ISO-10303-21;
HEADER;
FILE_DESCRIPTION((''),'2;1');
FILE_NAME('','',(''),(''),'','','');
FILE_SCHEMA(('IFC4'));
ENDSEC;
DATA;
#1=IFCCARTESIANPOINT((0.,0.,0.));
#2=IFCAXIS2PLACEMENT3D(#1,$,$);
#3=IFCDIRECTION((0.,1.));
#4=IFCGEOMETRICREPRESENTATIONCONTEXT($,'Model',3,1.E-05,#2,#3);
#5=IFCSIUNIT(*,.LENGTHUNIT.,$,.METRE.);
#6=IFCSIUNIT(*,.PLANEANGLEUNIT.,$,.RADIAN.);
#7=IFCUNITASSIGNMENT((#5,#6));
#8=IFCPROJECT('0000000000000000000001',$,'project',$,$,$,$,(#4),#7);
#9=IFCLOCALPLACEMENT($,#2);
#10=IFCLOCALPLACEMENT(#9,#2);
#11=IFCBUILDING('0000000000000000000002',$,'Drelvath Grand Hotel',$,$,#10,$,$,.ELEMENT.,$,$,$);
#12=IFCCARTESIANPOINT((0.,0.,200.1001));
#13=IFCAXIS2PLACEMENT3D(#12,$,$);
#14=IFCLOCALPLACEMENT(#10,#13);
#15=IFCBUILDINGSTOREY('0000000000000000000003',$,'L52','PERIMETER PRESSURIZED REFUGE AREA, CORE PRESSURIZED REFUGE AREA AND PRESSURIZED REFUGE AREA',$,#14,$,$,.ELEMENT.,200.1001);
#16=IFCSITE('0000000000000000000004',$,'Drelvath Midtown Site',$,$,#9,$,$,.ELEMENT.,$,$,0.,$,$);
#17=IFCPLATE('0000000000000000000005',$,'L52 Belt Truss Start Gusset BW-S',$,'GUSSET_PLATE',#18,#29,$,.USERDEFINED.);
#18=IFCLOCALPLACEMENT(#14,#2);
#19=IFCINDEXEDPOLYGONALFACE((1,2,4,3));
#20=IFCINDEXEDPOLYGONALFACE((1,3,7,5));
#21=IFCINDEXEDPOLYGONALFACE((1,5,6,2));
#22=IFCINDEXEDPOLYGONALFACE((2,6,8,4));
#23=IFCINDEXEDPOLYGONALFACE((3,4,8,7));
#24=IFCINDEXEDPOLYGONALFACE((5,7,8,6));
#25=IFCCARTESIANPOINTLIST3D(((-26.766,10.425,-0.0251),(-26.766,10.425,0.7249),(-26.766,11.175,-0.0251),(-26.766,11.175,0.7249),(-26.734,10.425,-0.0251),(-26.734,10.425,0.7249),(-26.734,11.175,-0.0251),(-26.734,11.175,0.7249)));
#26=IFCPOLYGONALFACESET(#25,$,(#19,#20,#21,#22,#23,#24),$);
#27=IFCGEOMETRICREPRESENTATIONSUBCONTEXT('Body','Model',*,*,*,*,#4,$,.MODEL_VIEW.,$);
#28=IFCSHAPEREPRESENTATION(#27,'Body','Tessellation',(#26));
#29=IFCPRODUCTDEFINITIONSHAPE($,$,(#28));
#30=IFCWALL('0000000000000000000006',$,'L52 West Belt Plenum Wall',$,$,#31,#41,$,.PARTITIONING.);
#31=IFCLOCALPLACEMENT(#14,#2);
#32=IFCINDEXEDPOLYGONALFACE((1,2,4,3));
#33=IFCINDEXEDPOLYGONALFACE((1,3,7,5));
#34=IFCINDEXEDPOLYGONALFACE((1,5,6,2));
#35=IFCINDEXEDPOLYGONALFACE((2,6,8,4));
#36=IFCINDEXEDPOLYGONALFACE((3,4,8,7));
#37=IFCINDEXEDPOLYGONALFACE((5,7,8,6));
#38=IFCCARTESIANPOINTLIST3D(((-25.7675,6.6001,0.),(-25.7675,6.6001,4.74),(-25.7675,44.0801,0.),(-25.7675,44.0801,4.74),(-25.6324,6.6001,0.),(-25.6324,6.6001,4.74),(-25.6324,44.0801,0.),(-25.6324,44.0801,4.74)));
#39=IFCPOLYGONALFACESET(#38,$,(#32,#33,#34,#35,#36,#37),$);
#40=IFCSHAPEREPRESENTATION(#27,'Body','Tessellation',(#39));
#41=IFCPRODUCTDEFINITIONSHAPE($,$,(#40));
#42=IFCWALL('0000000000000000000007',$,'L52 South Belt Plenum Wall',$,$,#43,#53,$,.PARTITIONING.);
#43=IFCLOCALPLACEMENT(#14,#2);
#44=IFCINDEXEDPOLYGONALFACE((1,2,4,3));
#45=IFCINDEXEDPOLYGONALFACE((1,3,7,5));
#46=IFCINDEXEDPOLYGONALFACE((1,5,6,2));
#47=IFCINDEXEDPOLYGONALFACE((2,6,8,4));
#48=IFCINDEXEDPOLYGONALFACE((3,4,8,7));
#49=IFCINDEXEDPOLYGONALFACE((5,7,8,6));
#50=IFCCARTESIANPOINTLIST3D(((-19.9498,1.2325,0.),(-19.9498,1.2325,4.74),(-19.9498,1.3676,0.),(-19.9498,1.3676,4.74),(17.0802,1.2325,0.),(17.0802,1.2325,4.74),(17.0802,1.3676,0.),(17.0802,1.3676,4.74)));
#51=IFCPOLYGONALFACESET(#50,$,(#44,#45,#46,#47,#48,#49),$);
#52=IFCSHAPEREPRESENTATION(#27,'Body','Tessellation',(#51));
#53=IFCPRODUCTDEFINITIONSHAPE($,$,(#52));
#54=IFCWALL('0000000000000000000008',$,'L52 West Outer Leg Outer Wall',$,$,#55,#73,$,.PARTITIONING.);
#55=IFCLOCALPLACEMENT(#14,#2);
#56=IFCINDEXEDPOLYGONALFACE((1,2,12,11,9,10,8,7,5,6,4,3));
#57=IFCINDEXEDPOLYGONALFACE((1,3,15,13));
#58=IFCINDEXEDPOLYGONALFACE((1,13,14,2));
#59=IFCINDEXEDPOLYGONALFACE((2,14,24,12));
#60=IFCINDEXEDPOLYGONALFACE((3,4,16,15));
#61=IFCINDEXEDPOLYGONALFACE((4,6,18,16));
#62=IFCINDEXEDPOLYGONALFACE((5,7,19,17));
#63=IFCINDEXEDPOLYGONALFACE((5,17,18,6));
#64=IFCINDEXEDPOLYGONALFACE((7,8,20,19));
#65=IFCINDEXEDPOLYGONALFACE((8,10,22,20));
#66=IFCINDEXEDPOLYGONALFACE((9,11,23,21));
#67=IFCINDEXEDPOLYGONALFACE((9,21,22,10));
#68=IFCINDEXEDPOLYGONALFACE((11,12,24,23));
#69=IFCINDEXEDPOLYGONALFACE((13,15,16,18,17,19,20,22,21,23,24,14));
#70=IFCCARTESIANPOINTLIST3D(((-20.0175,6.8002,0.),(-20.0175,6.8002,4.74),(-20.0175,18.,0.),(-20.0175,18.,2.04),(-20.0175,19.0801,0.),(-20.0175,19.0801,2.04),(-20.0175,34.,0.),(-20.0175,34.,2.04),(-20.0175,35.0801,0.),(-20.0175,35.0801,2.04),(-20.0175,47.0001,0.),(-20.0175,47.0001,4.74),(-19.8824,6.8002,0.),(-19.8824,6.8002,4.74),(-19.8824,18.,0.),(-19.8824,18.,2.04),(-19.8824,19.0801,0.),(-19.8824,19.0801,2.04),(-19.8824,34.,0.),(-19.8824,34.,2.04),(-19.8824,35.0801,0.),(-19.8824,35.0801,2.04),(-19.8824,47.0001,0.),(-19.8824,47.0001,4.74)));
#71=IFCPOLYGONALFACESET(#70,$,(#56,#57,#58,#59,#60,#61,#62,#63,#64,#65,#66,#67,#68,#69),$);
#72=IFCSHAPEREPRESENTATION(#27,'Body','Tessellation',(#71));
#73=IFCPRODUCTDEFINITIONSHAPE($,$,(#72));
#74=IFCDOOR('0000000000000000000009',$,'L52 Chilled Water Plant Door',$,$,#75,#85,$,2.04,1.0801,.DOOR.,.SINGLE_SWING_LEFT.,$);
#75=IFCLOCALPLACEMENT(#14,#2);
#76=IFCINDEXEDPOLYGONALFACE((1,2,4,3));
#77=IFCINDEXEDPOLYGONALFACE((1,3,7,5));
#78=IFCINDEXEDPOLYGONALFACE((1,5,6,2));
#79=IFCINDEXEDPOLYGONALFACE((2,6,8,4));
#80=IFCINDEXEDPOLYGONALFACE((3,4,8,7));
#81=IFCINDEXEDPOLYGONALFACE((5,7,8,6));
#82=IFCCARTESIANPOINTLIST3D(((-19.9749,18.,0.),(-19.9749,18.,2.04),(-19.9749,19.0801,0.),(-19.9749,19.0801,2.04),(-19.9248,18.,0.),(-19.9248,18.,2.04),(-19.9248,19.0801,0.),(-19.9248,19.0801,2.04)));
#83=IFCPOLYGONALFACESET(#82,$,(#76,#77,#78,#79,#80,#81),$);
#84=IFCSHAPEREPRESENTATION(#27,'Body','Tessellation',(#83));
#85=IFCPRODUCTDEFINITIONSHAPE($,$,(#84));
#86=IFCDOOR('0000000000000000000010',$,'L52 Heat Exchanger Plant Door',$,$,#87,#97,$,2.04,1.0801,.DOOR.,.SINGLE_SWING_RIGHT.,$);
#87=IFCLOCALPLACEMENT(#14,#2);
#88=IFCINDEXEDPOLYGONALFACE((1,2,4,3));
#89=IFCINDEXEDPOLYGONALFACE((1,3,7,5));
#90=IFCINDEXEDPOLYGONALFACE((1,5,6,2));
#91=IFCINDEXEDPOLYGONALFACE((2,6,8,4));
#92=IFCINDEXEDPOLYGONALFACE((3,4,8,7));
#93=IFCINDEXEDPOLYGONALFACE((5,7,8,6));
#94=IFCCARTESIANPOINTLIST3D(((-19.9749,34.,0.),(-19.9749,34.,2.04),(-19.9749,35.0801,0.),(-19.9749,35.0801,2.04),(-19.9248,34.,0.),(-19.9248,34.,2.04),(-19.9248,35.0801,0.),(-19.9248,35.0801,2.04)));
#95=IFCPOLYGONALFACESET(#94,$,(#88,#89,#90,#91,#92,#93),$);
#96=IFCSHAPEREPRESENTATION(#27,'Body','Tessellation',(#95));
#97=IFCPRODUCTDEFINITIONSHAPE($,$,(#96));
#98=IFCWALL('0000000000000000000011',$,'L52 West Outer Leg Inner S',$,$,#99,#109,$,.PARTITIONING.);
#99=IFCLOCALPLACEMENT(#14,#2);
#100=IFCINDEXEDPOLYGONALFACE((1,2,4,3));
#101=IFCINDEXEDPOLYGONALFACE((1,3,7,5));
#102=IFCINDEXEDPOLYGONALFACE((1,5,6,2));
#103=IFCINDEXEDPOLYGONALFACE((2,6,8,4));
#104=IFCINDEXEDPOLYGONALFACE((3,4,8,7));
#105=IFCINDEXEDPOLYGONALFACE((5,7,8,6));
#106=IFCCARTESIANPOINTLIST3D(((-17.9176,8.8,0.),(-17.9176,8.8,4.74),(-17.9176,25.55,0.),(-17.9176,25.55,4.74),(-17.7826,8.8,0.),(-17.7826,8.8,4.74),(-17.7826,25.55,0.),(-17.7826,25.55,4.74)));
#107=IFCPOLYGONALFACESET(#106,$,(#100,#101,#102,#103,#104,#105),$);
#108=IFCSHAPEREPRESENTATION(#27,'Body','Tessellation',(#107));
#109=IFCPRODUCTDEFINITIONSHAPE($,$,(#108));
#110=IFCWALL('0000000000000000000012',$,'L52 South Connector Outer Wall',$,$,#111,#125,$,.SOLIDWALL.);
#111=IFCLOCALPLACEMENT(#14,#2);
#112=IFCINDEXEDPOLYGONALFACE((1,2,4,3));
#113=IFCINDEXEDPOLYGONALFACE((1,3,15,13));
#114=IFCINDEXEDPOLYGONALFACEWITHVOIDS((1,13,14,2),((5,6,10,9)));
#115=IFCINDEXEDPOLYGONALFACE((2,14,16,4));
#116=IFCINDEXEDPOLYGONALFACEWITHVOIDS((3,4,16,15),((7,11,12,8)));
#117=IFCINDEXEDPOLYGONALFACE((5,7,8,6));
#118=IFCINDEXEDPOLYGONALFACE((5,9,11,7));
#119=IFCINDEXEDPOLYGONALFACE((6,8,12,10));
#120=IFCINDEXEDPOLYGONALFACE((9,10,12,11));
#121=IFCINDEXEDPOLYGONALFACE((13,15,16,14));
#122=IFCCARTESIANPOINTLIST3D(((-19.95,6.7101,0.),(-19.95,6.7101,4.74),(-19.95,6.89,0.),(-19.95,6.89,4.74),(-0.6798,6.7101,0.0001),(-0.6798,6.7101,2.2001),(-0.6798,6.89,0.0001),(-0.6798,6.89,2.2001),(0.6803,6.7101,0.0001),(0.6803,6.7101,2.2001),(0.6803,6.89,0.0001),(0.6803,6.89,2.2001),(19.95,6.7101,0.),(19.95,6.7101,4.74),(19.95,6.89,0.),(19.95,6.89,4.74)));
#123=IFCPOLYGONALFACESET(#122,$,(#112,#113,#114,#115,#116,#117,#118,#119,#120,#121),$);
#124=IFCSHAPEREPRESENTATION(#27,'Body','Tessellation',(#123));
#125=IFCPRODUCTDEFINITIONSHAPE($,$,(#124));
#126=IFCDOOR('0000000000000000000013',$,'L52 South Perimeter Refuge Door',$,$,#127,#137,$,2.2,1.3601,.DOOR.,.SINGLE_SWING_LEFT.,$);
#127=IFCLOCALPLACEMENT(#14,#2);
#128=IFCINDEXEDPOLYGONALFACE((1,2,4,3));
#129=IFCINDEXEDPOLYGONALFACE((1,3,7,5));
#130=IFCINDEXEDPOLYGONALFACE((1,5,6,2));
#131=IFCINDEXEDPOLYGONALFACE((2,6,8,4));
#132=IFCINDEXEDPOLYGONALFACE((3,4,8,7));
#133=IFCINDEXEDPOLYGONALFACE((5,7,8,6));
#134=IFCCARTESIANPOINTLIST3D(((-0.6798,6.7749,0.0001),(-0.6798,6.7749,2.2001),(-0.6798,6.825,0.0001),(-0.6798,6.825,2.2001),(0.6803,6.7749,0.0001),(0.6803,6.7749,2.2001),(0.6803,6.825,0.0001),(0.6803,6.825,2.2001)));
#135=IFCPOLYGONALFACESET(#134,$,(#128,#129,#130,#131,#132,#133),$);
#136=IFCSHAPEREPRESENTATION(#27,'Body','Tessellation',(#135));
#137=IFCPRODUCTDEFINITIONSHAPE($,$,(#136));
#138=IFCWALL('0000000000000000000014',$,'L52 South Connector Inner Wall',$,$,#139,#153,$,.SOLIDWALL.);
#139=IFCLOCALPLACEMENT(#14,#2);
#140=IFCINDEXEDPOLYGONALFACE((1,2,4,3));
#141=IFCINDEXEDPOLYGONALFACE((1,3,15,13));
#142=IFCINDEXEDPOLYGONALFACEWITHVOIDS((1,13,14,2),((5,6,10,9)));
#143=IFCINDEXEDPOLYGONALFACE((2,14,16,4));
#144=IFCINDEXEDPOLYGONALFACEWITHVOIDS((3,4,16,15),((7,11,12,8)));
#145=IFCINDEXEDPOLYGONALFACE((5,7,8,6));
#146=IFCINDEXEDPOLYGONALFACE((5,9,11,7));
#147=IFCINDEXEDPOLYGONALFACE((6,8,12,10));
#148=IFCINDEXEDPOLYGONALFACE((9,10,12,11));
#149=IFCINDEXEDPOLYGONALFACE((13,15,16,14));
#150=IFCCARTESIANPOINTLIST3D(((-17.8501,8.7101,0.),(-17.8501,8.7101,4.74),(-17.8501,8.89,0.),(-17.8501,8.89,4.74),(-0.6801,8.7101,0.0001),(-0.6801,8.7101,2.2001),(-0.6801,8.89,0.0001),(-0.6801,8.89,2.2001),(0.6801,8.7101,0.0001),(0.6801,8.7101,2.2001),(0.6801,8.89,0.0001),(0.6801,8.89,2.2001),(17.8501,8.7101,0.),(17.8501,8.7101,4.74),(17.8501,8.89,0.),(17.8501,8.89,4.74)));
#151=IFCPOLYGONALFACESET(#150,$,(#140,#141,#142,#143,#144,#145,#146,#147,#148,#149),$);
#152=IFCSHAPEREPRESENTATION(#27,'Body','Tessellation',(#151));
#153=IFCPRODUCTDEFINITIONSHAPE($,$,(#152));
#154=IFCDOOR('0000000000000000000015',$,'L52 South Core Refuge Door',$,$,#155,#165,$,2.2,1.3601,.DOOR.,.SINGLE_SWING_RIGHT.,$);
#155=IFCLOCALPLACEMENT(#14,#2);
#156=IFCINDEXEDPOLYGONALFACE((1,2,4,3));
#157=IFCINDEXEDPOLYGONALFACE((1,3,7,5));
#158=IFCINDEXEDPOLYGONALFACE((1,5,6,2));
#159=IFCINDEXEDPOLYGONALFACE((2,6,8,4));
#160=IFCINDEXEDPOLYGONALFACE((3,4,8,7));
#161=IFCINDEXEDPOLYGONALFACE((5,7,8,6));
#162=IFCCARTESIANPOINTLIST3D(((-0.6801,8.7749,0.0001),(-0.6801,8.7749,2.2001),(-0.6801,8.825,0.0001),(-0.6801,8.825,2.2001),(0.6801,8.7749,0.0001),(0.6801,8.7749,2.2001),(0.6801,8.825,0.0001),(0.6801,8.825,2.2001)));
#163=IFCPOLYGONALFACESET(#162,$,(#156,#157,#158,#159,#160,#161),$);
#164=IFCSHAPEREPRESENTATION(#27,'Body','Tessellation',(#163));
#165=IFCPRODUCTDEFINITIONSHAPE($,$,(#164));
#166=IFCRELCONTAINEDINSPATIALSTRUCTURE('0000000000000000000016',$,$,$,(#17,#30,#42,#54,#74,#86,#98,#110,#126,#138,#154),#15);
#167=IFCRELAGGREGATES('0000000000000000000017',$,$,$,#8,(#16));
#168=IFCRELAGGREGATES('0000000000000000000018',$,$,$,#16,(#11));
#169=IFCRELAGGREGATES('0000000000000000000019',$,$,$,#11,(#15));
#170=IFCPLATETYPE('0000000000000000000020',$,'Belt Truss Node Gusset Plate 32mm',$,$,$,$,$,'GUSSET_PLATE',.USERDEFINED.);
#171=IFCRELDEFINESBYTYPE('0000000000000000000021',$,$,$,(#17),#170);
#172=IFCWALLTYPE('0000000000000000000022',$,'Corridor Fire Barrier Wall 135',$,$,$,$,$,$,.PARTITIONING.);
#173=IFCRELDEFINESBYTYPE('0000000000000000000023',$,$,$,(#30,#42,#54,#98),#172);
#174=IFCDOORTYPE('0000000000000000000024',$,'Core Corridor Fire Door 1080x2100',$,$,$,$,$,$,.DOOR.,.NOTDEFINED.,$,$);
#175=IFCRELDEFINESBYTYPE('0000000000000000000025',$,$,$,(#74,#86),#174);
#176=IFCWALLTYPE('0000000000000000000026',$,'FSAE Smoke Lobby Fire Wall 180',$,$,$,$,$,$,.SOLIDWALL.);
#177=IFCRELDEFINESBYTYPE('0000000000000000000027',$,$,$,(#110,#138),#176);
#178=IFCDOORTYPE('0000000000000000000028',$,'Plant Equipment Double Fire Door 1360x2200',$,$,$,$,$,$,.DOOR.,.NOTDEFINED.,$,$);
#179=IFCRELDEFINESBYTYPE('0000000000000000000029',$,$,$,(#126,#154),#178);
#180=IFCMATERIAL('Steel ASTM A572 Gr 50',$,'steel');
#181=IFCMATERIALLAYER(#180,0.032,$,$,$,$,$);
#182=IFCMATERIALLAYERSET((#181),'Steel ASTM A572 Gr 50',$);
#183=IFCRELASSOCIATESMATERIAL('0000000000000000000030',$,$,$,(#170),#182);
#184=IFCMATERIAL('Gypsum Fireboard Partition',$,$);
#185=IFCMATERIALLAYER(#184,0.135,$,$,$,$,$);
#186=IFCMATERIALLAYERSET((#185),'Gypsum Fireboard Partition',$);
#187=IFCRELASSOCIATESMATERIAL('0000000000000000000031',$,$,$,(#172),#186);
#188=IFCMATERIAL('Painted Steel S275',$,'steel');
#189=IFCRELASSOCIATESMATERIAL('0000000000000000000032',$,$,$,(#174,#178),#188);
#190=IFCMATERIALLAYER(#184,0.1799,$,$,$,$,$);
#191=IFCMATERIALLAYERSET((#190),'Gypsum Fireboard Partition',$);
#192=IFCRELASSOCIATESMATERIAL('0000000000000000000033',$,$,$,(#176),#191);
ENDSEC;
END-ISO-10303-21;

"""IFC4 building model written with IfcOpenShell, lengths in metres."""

from ifc_helpers import new_model, si_unit, direction, frame, frame_2d, origin, origin_2d, place, context, subcontext, project, spatial, rectangle, extrude, material, layer, layer_set, type_object, element, fill, save


model = new_model("IFC4")

# Units and contexts
model_context = context("Model", 3, precision=1e-05, world=origin(), true_north=direction((0.0, 1.0)))
body_context = subcontext(model_context, "Body", "Model", "MODEL_VIEW")
ifc_project = project(units=[si_unit("LENGTHUNIT", "METRE"), si_unit("PLANEANGLEUNIT", "RADIAN")], contexts=[model_context])

# Site, building, storey
site_placement = place(None, origin())
site = spatial("IfcSite", under=ifc_project, at=site_placement, Name="Drelvath Midtown Site", CompositionType="ELEMENT", RefElevation=0.0)
building_placement = place(site_placement, origin())
building = spatial("IfcBuilding", under=site, at=building_placement, Name="Drelvath Grand Hotel", CompositionType="ELEMENT")
storey_placement = place(building_placement, frame((0.0, 0.0, 200.1001)))
storey = spatial("IfcBuildingStorey", under=building, at=storey_placement, Name="L52", Description="PERIMETER PRESSURIZED REFUGE AREA, CORE PRESSURIZED REFUGE AREA AND PRESSURIZED REFUGE AREA", CompositionType="ELEMENT", Elevation=200.1001)

# Shared definitions
ifc_material_1 = material(Name="Steel ASTM A572 Gr 50", Category="steel")

# Plate
ifc_layer_1 = layer(ifc_material_1, 0.032)
ifc_layer_set_1 = layer_set([ifc_layer_1], Name="Steel ASTM A572 Gr 50")
plate_type = type_object("IfcPlateType", Name="Belt Truss Node Gusset Plate 32mm", ElementType="GUSSET_PLATE", PredefinedType="USERDEFINED", material=ifc_layer_set_1)
plate_placement = place(storey_placement, frame((-26.75, 10.8, -0.0251), z_axis=(0.0, 0.0, 1.0), x_axis=(0.0, 1.0, 0.0)))
element("IfcPlate", 1, at=plate_placement, inside=storey, type_object=plate_type, Name="L52 Belt Truss Start Gusset BW-S", ObjectType="GUSSET_PLATE", PredefinedType="USERDEFINED", context=body_context, shape_type="SweptSolid", body=[
    extrude(rectangle(XDim=0.75, YDim=0.032, at=origin_2d()), origin(), (0.0, 0.0, 1.0), 0.75),
])

# Walls
ifc_material_2 = material(Name="Gypsum Fireboard Partition")
ifc_layer_2 = layer(ifc_material_2, 0.135)
ifc_layer_set_2 = layer_set([ifc_layer_2], Name="Gypsum Fireboard Partition")
wall_type_1 = type_object("IfcWallType", Name="Corridor Fire Barrier Wall 135", PredefinedType="PARTITIONING", material=ifc_layer_set_2)
wall_1_placement = place(storey_placement, frame((-25.7, 6.6001, 0.0), z_axis=(0.0, 0.0, 1.0), x_axis=(0.0, 1.0, 0.0)))
element("IfcWall", 2, at=wall_1_placement, inside=storey, type_object=wall_type_1, Name="L52 West Belt Plenum Wall", PredefinedType="PARTITIONING", context=body_context, shape_type="SweptSolid", body=[
    extrude(rectangle(XDim=37.48, YDim=0.135, at=frame_2d((18.74, 0.0))), origin(), (0.0, 0.0, 1.0), 4.74),
])
wall_2_placement = place(storey_placement, frame((-19.95, 1.3, 0.0), z_axis=(0.0, 0.0, 1.0), x_axis=(1.0, 0.0, 0.0)))
element("IfcWall", 3, at=wall_2_placement, inside=storey, type_object=wall_type_1, Name="L52 South Belt Plenum Wall", PredefinedType="PARTITIONING", context=body_context, shape_type="SweptSolid", body=[
    extrude(rectangle(XDim=37.03, YDim=0.135, at=frame_2d((18.5151, 0.0))), origin(), (0.0, 0.0, 1.0), 4.74),
])

# Wall, openings, doors
wall_3_placement = place(storey_placement, frame((-19.95, 6.8, 0.0), z_axis=(0.0, 0.0, 1.0), x_axis=(0.0, 1.0, 0.0)))
wall_3 = element("IfcWall", 4, at=wall_3_placement, inside=storey, type_object=wall_type_1, Name="L52 West Outer Leg Outer Wall", PredefinedType="PARTITIONING", context=body_context, shape_type="SweptSolid", body=[
    extrude(rectangle(XDim=40.2, YDim=0.135, at=frame_2d((20.1001, 0.0))), origin(), (0.0, 0.0, 1.0), 4.74),
])
opening_1_placement = place(wall_3_placement, frame((11.2, 0.0, 0.0)))
opening_1 = element("IfcOpeningElement", 5, at=opening_1_placement, cuts=wall_3, PredefinedType="OPENING", context=body_context, shape_type="SweptSolid", body=[
    extrude(rectangle(XDim=1.0801, YDim=2.04, at=frame_2d((0.54, 1.02))), frame((0.0, 0.0774, 0.0), z_axis=(0.0, -1.0, 0.0), x_axis=(1.0, 0.0, 0.0)), (0.0, 0.0, 1.0), 0.155),
])
opening_2_placement = place(wall_3_placement, frame((27.2, 0.0, 0.0)))
opening_2 = element("IfcOpeningElement", 6, at=opening_2_placement, cuts=wall_3, PredefinedType="OPENING", context=body_context, shape_type="SweptSolid", body=[
    extrude(rectangle(XDim=1.0801, YDim=2.04, at=frame_2d((0.54, 1.02))), frame((0.0, 0.0774, 0.0), z_axis=(0.0, -1.0, 0.0), x_axis=(1.0, 0.0, 0.0)), (0.0, 0.0, 1.0), 0.155),
])
ifc_material_3 = material(Name="Painted Steel S275", Category="steel")
door_type_1 = type_object("IfcDoorType", Name="Core Corridor Fire Door 1080x2100", OperationType="NOTDEFINED", PredefinedType="DOOR", material=ifc_material_3)
door_1_placement = place(opening_1_placement, origin())
door_1 = element("IfcDoor", 7, at=door_1_placement, inside=storey, type_object=door_type_1, Name="L52 Chilled Water Plant Door", OperationType="SINGLE_SWING_LEFT", OverallHeight=2.04, OverallWidth=1.0801, PredefinedType="DOOR", context=body_context, shape_type="SweptSolid", body=[
    extrude(rectangle(XDim=1.0801, YDim=2.04, at=frame_2d((0.54, 1.02))), frame((0.0, 0.0249, 0.0), z_axis=(0.0, -1.0, 0.0), x_axis=(1.0, 0.0, 0.0)), (0.0, 0.0, 1.0), 0.05),
])
fill(opening_1, door_1)
door_2_placement = place(opening_2_placement, origin())
door_2 = element("IfcDoor", 8, at=door_2_placement, inside=storey, type_object=door_type_1, Name="L52 Heat Exchanger Plant Door", OperationType="SINGLE_SWING_RIGHT", OverallHeight=2.04, OverallWidth=1.0801, PredefinedType="DOOR", context=body_context, shape_type="SweptSolid", body=[
    extrude(rectangle(XDim=1.0801, YDim=2.04, at=frame_2d((0.54, 1.02))), frame((0.0, 0.0249, 0.0), z_axis=(0.0, -1.0, 0.0), x_axis=(1.0, 0.0, 0.0)), (0.0, 0.0, 1.0), 0.05),
])
fill(opening_2, door_2)

# Wall
wall_4_placement = place(storey_placement, frame((-17.8501, 8.8, 0.0), z_axis=(0.0, 0.0, 1.0), x_axis=(0.0, 1.0, 0.0)))
element("IfcWall", 9, at=wall_4_placement, inside=storey, type_object=wall_type_1, Name="L52 West Outer Leg Inner S", PredefinedType="PARTITIONING", context=body_context, shape_type="SweptSolid", body=[
    extrude(rectangle(XDim=16.75, YDim=0.135, at=frame_2d((8.375, 0.0))), origin(), (0.0, 0.0, 1.0), 4.74),
])

# Walls, openings, doors
ifc_layer_3 = layer(ifc_material_2, 0.1799)
ifc_layer_set_3 = layer_set([ifc_layer_3], Name="Gypsum Fireboard Partition")
wall_type_2 = type_object("IfcWallType", Name="FSAE Smoke Lobby Fire Wall 180", PredefinedType="SOLIDWALL", material=ifc_layer_set_3)
wall_5_placement = place(storey_placement, frame((-19.95, 6.8, 0.0), z_axis=(0.0, 0.0, 1.0), x_axis=(1.0, 0.0, 0.0)))
wall_5 = element("IfcWall", 10, at=wall_5_placement, inside=storey, type_object=wall_type_2, Name="L52 South Connector Outer Wall", PredefinedType="SOLIDWALL", context=body_context, shape_type="SweptSolid", body=[
    extrude(rectangle(XDim=39.8999, YDim=0.1799, at=frame_2d((19.95, 0.0))), origin(), (0.0, 0.0, 1.0), 4.74),
])
opening_3_placement = place(wall_5_placement, frame((19.27, 0.0, 0.0)))
opening_3 = element("IfcOpeningElement", 11, at=opening_3_placement, cuts=wall_5, PredefinedType="OPENING", context=body_context, shape_type="SweptSolid", body=[
    extrude(rectangle(XDim=1.3601, YDim=2.2, at=frame_2d((0.6802, 1.1001))), frame((0.0, 0.0999, 0.0), z_axis=(0.0, -1.0, 0.0), x_axis=(1.0, 0.0, 0.0)), (0.0, 0.0, 1.0), 0.2),
])
door_type_2 = type_object("IfcDoorType", Name="Plant Equipment Double Fire Door 1360x2200", OperationType="NOTDEFINED", PredefinedType="DOOR", material=ifc_material_3)
door_3_placement = place(opening_3_placement, origin())
door_3 = element("IfcDoor", 12, at=door_3_placement, inside=storey, type_object=door_type_2, Name="L52 South Perimeter Refuge Door", OperationType="SINGLE_SWING_LEFT", OverallHeight=2.2, OverallWidth=1.3601, PredefinedType="DOOR", context=body_context, shape_type="SweptSolid", body=[
    extrude(rectangle(XDim=1.3601, YDim=2.2, at=frame_2d((0.6802, 1.1001))), frame((0.0, 0.0249, 0.0), z_axis=(0.0, -1.0, 0.0), x_axis=(1.0, 0.0, 0.0)), (0.0, 0.0, 1.0), 0.05),
])
fill(opening_3, door_3)
wall_6_placement = place(storey_placement, frame((-17.8501, 8.8, 0.0), z_axis=(0.0, 0.0, 1.0), x_axis=(1.0, 0.0, 0.0)))
wall_6 = element("IfcWall", 13, at=wall_6_placement, inside=storey, type_object=wall_type_2, Name="L52 South Connector Inner Wall", PredefinedType="SOLIDWALL", context=body_context, shape_type="SweptSolid", body=[
    extrude(rectangle(XDim=35.7002, YDim=0.1799, at=frame_2d((17.8501, 0.0))), origin(), (0.0, 0.0, 1.0), 4.74),
])
opening_4_placement = place(wall_6_placement, frame((17.1699, 0.0, 0.0)))
opening_4 = element("IfcOpeningElement", 14, at=opening_4_placement, cuts=wall_6, PredefinedType="OPENING", context=body_context, shape_type="SweptSolid", body=[
    extrude(rectangle(XDim=1.3601, YDim=2.2, at=frame_2d((0.6802, 1.1001))), frame((0.0, 0.0999, 0.0), z_axis=(0.0, -1.0, 0.0), x_axis=(1.0, 0.0, 0.0)), (0.0, 0.0, 1.0), 0.2),
])
door_4_placement = place(opening_4_placement, origin())
door_4 = element("IfcDoor", 15, at=door_4_placement, inside=storey, type_object=door_type_2, Name="L52 South Core Refuge Door", OperationType="SINGLE_SWING_RIGHT", OverallHeight=2.2, OverallWidth=1.3601, PredefinedType="DOOR", context=body_context, shape_type="SweptSolid", body=[
    extrude(rectangle(XDim=1.3601, YDim=2.2, at=frame_2d((0.6802, 1.1001))), frame((0.0, 0.0249, 0.0), z_axis=(0.0, -1.0, 0.0), x_axis=(1.0, 0.0, 0.0)), (0.0, 0.0, 1.0), 0.05),
])
fill(opening_4, door_4)

save(model, "model.ifc")
